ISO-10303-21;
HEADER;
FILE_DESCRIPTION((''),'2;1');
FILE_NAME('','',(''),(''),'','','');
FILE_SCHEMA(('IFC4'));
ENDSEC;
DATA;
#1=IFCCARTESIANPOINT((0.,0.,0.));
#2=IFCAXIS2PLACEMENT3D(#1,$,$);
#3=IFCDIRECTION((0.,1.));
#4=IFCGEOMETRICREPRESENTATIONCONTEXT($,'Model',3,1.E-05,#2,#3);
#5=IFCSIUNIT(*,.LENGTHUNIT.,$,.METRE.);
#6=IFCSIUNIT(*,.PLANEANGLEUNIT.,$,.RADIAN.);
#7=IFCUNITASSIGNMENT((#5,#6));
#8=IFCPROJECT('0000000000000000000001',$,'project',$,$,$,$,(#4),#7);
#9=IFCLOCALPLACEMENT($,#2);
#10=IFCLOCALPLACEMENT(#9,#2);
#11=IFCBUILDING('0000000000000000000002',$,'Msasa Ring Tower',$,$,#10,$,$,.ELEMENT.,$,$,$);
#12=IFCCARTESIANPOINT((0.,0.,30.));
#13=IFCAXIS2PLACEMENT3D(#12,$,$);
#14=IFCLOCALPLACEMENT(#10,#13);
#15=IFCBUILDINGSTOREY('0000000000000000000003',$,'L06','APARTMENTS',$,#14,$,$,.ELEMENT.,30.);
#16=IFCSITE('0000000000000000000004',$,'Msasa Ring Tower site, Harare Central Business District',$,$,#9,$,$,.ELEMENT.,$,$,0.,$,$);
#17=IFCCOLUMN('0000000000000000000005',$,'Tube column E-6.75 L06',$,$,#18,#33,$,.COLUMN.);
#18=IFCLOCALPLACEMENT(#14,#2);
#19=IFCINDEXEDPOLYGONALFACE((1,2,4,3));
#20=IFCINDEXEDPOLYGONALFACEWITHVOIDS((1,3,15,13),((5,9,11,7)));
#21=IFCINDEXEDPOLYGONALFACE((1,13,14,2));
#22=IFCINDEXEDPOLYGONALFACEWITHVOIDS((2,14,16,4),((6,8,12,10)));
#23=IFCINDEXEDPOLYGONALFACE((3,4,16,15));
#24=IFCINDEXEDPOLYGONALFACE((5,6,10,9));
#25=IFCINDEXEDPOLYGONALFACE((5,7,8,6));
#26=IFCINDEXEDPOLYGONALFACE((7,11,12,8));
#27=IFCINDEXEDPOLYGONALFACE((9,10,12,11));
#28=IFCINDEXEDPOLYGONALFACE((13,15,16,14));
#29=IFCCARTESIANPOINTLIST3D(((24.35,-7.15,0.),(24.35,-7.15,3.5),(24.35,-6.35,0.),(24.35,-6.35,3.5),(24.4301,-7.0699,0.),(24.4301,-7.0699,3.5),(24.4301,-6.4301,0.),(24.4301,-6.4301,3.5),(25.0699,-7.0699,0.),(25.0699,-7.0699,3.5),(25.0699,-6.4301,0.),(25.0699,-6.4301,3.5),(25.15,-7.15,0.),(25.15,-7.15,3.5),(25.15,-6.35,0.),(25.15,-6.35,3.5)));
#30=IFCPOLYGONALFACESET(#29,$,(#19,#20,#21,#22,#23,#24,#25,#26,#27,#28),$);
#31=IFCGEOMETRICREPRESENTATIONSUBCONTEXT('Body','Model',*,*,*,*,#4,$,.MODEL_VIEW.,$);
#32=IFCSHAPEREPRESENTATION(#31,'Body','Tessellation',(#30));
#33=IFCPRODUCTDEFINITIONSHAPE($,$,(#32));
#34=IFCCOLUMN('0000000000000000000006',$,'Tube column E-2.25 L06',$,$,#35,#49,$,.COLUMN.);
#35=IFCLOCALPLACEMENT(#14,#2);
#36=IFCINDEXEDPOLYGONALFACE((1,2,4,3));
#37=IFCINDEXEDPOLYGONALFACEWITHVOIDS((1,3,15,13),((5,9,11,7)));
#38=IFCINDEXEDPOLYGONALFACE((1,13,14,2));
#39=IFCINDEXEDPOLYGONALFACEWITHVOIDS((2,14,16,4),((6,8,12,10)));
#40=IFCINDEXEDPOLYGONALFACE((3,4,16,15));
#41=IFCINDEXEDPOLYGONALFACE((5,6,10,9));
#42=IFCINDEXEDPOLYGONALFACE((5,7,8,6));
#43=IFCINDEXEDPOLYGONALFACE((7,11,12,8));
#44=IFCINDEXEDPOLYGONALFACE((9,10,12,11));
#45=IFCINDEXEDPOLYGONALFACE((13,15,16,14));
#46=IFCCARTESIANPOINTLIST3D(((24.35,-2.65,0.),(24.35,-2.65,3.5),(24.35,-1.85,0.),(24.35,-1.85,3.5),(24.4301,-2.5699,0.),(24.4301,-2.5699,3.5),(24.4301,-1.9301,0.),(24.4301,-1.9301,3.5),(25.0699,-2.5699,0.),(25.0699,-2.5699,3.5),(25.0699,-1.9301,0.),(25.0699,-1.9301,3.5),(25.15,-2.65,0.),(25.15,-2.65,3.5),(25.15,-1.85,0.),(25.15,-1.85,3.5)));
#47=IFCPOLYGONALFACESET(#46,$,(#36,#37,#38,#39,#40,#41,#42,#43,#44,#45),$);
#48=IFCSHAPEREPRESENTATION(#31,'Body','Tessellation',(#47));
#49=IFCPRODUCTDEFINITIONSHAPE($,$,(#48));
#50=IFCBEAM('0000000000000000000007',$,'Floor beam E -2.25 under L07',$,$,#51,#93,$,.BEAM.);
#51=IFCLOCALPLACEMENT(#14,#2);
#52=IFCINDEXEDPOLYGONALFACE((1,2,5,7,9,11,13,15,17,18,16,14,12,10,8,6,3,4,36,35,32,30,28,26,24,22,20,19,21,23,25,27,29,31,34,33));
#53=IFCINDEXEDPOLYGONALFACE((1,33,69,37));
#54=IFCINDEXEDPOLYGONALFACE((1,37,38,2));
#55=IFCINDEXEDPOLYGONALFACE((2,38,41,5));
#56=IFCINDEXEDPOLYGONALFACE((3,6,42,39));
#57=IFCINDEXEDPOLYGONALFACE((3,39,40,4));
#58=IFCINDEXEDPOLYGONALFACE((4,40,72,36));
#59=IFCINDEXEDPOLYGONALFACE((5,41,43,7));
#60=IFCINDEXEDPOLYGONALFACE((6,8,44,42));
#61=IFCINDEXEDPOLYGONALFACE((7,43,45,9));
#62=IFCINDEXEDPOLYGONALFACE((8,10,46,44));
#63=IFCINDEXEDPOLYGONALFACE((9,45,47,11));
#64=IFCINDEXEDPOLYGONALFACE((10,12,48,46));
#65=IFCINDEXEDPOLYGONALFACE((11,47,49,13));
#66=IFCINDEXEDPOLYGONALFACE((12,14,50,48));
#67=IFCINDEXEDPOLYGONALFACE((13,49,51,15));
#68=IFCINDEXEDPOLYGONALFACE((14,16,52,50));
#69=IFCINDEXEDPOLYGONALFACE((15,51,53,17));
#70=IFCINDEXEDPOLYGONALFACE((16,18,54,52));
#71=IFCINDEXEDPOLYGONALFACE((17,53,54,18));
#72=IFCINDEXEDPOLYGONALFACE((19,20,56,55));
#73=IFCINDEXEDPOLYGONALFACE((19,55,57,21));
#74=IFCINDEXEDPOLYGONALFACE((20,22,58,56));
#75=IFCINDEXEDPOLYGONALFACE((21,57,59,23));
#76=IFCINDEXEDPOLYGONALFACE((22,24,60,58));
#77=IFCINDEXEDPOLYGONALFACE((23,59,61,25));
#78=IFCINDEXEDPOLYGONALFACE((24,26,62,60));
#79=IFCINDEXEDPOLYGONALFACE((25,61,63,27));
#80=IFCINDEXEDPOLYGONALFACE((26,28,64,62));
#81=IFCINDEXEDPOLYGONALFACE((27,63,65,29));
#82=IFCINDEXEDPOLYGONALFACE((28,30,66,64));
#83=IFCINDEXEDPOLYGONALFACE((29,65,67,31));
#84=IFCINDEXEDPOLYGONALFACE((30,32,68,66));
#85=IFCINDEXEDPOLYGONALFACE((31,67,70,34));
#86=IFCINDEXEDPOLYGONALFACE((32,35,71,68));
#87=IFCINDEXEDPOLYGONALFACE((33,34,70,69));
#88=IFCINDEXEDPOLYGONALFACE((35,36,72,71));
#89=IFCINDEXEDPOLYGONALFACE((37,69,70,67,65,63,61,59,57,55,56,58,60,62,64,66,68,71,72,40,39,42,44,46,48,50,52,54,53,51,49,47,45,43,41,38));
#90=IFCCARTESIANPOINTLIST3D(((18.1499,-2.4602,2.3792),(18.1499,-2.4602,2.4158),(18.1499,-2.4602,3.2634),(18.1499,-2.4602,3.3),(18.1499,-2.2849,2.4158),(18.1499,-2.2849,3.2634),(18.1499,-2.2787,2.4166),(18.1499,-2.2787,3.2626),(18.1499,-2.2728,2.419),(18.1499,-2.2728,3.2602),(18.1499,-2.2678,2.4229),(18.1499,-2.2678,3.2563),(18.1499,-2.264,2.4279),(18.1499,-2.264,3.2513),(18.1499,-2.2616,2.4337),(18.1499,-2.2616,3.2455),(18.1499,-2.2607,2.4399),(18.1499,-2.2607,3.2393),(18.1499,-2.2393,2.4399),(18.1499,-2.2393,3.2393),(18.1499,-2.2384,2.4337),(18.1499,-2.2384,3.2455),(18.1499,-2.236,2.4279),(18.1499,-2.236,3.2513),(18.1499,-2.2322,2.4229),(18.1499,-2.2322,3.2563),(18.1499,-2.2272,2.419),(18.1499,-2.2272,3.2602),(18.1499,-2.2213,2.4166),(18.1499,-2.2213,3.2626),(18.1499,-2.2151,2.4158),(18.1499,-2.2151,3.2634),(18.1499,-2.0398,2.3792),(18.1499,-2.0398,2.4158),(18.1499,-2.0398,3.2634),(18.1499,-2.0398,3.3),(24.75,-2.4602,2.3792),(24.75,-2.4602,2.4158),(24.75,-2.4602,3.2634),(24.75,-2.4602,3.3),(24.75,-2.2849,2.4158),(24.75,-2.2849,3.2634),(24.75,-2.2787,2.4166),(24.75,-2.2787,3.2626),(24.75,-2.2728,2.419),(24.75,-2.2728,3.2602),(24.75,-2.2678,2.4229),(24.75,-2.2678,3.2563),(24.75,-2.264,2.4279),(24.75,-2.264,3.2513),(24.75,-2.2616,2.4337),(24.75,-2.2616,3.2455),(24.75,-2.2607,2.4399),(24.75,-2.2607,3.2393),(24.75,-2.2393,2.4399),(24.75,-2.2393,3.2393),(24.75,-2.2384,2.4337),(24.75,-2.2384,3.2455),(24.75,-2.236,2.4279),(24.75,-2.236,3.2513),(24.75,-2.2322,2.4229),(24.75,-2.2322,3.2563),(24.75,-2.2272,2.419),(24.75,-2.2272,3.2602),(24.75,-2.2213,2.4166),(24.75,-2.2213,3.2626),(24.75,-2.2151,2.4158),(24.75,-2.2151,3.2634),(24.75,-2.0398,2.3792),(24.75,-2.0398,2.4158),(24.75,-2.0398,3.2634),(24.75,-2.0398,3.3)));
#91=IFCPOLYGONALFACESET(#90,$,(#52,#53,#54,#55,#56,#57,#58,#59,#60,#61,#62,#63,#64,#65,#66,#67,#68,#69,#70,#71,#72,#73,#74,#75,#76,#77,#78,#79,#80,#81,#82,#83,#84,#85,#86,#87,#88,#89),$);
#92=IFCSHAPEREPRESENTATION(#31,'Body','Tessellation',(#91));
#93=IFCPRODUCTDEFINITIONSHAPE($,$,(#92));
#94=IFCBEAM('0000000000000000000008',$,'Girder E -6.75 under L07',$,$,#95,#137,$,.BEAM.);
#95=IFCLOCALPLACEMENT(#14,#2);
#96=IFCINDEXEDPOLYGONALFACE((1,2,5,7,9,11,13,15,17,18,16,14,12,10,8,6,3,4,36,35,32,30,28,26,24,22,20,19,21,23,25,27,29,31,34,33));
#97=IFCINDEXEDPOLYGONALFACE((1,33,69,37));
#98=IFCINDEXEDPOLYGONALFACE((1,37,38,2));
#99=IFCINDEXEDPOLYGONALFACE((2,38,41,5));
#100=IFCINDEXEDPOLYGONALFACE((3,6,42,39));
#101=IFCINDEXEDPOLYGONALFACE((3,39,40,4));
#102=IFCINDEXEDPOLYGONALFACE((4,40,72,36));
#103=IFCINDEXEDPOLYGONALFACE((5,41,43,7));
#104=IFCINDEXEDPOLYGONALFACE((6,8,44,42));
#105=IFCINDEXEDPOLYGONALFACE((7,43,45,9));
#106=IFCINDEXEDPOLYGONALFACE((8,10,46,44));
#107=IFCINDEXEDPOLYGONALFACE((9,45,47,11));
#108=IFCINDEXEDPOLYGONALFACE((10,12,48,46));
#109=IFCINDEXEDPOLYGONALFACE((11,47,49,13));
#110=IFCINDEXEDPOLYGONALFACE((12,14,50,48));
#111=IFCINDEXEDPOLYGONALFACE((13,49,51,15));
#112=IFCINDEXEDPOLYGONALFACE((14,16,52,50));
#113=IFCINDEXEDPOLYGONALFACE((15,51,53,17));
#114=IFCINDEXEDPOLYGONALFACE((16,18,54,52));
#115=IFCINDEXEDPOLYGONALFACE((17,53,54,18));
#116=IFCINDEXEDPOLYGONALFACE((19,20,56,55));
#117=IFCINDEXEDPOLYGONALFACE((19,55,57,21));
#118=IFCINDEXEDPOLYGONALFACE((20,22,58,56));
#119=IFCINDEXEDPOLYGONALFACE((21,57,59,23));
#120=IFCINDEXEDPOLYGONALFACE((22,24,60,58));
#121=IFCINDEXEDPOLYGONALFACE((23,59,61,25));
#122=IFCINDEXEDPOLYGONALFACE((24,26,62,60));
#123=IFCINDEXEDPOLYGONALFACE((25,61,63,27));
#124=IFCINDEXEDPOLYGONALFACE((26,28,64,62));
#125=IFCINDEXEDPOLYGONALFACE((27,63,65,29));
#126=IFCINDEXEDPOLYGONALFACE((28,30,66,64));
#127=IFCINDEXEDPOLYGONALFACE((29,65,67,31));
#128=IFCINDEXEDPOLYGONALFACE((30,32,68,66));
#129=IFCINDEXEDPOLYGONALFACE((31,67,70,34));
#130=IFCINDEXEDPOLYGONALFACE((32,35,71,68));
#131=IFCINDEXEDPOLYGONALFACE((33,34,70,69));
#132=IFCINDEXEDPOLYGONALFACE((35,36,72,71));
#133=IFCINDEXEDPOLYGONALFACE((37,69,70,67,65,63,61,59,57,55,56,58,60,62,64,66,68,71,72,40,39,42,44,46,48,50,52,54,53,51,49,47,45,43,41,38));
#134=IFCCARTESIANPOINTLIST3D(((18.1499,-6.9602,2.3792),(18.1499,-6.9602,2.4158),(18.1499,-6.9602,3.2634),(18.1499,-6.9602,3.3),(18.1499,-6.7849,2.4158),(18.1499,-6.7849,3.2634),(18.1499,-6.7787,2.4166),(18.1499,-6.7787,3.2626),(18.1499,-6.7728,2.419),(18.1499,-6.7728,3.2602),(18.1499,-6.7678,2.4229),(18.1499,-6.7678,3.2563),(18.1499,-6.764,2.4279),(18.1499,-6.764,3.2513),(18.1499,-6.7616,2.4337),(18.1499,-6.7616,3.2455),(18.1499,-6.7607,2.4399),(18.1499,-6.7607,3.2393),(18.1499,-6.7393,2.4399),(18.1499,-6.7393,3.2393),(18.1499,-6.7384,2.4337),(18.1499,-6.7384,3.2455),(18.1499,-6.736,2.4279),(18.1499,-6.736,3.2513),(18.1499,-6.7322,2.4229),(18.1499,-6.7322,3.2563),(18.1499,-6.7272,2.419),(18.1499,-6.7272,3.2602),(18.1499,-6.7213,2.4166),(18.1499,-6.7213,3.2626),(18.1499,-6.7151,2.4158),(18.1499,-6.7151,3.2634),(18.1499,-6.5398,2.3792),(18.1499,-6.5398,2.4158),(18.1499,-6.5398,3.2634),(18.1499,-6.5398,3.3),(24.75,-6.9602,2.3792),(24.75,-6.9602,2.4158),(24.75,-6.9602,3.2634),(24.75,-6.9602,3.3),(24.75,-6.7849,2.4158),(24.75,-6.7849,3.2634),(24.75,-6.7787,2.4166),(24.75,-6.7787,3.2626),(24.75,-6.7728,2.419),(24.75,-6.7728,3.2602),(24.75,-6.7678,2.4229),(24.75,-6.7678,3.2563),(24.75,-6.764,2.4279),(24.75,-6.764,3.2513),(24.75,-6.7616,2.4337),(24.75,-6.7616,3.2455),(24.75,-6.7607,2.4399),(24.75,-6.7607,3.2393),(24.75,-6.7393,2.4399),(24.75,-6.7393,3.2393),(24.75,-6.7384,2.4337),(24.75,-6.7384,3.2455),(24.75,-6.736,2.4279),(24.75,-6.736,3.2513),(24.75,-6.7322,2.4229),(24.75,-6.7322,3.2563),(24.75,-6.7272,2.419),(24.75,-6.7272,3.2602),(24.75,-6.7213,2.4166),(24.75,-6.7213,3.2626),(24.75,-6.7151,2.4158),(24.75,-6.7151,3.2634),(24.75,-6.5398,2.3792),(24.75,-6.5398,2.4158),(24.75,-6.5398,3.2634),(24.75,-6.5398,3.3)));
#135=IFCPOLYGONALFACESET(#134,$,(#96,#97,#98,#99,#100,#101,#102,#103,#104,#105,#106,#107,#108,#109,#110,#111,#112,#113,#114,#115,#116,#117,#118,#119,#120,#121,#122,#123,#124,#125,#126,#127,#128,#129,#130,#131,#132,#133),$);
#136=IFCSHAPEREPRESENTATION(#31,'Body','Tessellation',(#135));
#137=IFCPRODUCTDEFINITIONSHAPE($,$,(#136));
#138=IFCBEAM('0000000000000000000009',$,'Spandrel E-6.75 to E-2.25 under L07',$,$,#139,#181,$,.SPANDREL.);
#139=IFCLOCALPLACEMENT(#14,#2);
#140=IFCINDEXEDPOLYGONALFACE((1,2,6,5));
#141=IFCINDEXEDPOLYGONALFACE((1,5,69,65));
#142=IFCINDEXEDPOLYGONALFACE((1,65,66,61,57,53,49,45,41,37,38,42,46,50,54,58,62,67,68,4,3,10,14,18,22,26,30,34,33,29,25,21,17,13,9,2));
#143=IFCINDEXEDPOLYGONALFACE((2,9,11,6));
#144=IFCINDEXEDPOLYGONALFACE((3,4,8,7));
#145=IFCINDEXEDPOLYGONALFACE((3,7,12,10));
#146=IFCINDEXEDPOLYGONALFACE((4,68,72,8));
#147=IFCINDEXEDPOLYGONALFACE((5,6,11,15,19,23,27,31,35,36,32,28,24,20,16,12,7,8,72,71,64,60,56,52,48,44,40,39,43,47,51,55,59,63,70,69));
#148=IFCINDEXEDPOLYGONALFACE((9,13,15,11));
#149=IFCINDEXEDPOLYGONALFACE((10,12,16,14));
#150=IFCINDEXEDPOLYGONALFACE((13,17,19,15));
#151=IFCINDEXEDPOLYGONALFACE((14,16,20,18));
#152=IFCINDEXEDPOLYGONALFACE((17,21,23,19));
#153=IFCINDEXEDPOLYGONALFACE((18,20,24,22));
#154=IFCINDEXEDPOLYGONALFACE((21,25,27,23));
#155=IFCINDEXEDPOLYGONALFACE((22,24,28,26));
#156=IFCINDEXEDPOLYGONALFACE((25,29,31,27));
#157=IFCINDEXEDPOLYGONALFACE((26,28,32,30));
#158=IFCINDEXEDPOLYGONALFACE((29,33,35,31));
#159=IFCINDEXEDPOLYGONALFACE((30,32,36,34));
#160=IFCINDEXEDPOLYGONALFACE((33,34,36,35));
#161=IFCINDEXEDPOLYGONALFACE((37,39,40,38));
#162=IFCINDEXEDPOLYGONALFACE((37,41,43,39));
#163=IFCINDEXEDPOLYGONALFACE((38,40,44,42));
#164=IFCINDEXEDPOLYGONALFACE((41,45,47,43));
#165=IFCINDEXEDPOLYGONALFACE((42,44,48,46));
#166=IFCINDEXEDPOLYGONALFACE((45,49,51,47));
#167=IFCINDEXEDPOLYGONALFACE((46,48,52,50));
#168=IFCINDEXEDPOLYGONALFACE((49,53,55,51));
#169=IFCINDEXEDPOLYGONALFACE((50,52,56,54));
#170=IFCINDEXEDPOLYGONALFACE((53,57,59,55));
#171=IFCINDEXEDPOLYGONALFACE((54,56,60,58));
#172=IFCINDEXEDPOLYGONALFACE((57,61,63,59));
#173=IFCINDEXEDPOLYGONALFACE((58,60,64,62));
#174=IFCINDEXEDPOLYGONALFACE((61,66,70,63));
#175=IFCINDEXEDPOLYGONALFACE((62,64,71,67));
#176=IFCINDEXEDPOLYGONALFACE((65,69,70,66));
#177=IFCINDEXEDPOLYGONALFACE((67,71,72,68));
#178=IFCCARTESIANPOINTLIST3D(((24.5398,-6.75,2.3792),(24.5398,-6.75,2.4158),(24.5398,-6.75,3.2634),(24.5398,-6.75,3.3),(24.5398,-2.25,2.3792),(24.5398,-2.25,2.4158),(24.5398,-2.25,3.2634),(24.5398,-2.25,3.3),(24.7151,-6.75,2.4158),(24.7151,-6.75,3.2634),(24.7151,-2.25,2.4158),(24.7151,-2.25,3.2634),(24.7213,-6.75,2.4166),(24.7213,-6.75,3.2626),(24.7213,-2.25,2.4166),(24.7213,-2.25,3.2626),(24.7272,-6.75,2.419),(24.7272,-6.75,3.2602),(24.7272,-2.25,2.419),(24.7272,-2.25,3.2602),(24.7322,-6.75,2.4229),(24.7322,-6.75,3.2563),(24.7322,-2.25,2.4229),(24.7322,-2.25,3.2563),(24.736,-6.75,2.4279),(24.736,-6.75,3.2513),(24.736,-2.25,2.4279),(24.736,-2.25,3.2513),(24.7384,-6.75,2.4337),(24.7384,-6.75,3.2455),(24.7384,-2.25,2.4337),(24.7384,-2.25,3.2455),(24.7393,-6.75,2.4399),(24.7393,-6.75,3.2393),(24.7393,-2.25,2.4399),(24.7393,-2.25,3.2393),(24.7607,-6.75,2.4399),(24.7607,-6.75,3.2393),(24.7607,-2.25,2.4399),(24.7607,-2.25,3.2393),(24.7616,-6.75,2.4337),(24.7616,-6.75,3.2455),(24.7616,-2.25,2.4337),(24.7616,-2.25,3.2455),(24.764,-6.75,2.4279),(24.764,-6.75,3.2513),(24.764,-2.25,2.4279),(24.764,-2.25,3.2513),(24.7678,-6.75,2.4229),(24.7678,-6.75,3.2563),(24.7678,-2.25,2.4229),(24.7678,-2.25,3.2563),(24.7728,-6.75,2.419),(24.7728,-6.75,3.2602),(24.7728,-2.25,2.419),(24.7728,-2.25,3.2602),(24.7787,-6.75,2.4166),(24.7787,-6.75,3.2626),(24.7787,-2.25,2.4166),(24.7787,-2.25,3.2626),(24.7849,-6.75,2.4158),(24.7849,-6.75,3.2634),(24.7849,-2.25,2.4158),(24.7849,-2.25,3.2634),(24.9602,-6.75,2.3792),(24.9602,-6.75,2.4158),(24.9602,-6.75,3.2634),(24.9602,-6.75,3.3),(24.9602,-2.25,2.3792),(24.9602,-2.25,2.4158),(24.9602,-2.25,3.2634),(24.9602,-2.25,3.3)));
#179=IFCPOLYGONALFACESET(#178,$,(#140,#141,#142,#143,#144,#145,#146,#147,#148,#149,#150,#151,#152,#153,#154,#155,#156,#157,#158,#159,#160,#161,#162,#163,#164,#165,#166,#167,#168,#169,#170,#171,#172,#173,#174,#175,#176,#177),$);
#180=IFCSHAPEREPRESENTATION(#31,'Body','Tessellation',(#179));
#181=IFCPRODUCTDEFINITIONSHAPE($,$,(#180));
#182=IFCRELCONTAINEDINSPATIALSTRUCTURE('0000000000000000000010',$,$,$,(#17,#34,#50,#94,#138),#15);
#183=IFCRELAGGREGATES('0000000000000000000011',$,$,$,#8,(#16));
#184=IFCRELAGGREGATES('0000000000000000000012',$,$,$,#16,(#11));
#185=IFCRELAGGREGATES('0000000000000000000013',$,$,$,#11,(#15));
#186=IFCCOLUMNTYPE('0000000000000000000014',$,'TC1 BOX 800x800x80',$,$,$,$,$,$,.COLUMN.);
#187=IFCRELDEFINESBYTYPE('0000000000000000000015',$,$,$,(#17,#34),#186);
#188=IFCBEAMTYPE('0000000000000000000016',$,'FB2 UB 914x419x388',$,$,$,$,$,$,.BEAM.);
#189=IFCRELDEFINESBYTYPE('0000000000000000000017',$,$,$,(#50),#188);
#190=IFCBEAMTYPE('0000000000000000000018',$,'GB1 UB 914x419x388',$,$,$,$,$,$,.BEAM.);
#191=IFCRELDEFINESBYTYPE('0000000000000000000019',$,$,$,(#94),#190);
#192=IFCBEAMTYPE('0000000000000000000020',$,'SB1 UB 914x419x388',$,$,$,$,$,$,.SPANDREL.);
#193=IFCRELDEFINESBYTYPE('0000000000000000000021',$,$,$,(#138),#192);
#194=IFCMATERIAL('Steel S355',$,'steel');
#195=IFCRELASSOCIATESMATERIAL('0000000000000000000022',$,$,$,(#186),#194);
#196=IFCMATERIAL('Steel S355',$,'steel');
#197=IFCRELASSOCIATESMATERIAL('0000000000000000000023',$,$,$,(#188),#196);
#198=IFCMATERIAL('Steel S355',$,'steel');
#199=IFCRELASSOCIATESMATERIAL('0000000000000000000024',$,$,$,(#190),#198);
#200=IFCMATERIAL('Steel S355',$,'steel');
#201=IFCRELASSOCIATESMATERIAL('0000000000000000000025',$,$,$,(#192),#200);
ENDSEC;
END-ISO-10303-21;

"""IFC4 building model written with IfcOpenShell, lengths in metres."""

from ifc_helpers import new_model, si_unit, direction, frame, origin, origin_2d, place, context, subcontext, project, spatial, hollow_rectangle, i_section, extrude, material, material_profile, profile_set, type_object, element, save


model = new_model("IFC4")

# Units and contexts
model_context = context("Model", 3, precision=1e-05, world=origin(), true_north=direction((0.0, 1.0)))
body_context = subcontext(model_context, "Body", "Model", "MODEL_VIEW")
ifc_project = project(units=[si_unit("LENGTHUNIT", "METRE"), si_unit("PLANEANGLEUNIT", "RADIAN")], contexts=[model_context])

# Site, building, storey
site_placement = place(None, origin())
site = spatial("IfcSite", under=ifc_project, at=site_placement, Name="Msasa Ring Tower site, Harare Central Business District", CompositionType="ELEMENT", RefElevation=0.0)
building_placement = place(site_placement, origin())
building = spatial("IfcBuilding", under=site, at=building_placement, Name="Msasa Ring Tower", CompositionType="ELEMENT")
storey_placement = place(building_placement, frame((0.0, 0.0, 30.0)))
storey = spatial("IfcBuildingStorey", under=building, at=storey_placement, Name="L06", Description="APARTMENTS", CompositionType="ELEMENT", Elevation=30.0)

# Columns
ifc_material_1 = material(Name="Steel S355", Category="steel")
ifc_material_profile_1 = material_profile(ifc_material_1, hollow_rectangle(XDim=0.8, YDim=0.8, WallThickness=0.0801, at=origin_2d()), Name="BOX 800x800x80")
ifc_profile_set_1 = profile_set([ifc_material_profile_1], Name="Steel S355")
column_type = type_object("IfcColumnType", Name="TC1 BOX 800x800x80", PredefinedType="COLUMN", material=ifc_profile_set_1)
for number, where, z_axis, x_axis, name in (
    (1, (24.75, -6.75, 0.0), (0.0, 0.0, 1.0), (1.0, 0.0, 0.0), "Tube column E-6.75 L06"),
    (2, (24.75, -2.25, 0.0), (0.0, 0.0, 1.0), (1.0, 0.0, 0.0), "Tube column E-2.25 L06"),
):
    element("IfcColumn", number, at=place(storey_placement, frame(where, z_axis=z_axis, x_axis=x_axis)), inside=storey, type_object=column_type, Name=name, PredefinedType="COLUMN", context=body_context, shape_type="SweptSolid", body=[
        extrude(hollow_rectangle(XDim=0.8, YDim=0.8, WallThickness=0.0801, at=origin_2d()), origin(), (0.0, 0.0, 1.0), 3.5),
    ])

# Beams
ifc_material_2 = material(Name="Steel S355", Category="steel")
ifc_material_profile_2 = material_profile(ifc_material_2, i_section(OverallWidth=0.4204, OverallDepth=0.9209, WebThickness=0.0215, FlangeThickness=0.0366, FilletRadius=0.0242, at=origin_2d()), Name="UB 914x419x388")
ifc_profile_set_2 = profile_set([ifc_material_profile_2], Name="Steel S355")
beam_type_1 = type_object("IfcBeamType", Name="FB2 UB 914x419x388", PredefinedType="BEAM", material=ifc_profile_set_2)
beam_1_placement = place(storey_placement, frame((24.75, -2.25, 2.8396), z_axis=(-1.0, 0.0, 0.0), x_axis=(0.0, -1.0, 0.0)))
element("IfcBeam", 3, at=beam_1_placement, inside=storey, type_object=beam_type_1, Name="Floor beam E -2.25 under L07", PredefinedType="BEAM", context=body_context, shape_type="SweptSolid", body=[
    extrude(i_section(OverallWidth=0.4204, OverallDepth=0.9209, WebThickness=0.0215, FlangeThickness=0.0366, FilletRadius=0.0242, at=origin_2d()), origin(), (0.0, 0.0, 1.0), 6.6001),
])
ifc_material_3 = material(Name="Steel S355", Category="steel")
ifc_material_profile_3 = material_profile(ifc_material_3, i_section(OverallWidth=0.4204, OverallDepth=0.9209, WebThickness=0.0215, FlangeThickness=0.0366, FilletRadius=0.0242, at=origin_2d()), Name="UB 914x419x388")
ifc_profile_set_3 = profile_set([ifc_material_profile_3], Name="Steel S355")
beam_type_2 = type_object("IfcBeamType", Name="GB1 UB 914x419x388", PredefinedType="BEAM", material=ifc_profile_set_3)
beam_2_placement = place(storey_placement, frame((18.1499, -6.75, 2.8396), z_axis=(1.0, 0.0, 0.0), x_axis=(0.0, 1.0, 0.0)))
element("IfcBeam", 4, at=beam_2_placement, inside=storey, type_object=beam_type_2, Name="Girder E -6.75 under L07", PredefinedType="BEAM", context=body_context, shape_type="SweptSolid", body=[
    extrude(i_section(OverallWidth=0.4204, OverallDepth=0.9209, WebThickness=0.0215, FlangeThickness=0.0366, FilletRadius=0.0242, at=origin_2d()), origin(), (0.0, 0.0, 1.0), 6.6001),
])
ifc_material_4 = material(Name="Steel S355", Category="steel")
ifc_material_profile_4 = material_profile(ifc_material_4, i_section(OverallWidth=0.4204, OverallDepth=0.9209, WebThickness=0.0215, FlangeThickness=0.0366, FilletRadius=0.0242, at=origin_2d()), Name="UB 914x419x388")
ifc_profile_set_4 = profile_set([ifc_material_profile_4], Name="Steel S355")
beam_type_3 = type_object("IfcBeamType", Name="SB1 UB 914x419x388", PredefinedType="SPANDREL", material=ifc_profile_set_4)
for number, where, z_axis, x_axis, name in (
    (5, (24.75, -6.75, 2.8396), (0.0, 1.0, 0.0), (-1.0, 0.0, 0.0), "Spandrel E-6.75 to E-2.25 under L07"),
):
    element("IfcBeam", number, at=place(storey_placement, frame(where, z_axis=z_axis, x_axis=x_axis)), inside=storey, type_object=beam_type_3, Name=name, PredefinedType="SPANDREL", context=body_context, shape_type="SweptSolid", body=[
        extrude(i_section(OverallWidth=0.4204, OverallDepth=0.9209, WebThickness=0.0215, FlangeThickness=0.0366, FilletRadius=0.0242, at=origin_2d()), origin(), (0.0, 0.0, 1.0), 4.5),
    ])

save(model, "model.ifc")
